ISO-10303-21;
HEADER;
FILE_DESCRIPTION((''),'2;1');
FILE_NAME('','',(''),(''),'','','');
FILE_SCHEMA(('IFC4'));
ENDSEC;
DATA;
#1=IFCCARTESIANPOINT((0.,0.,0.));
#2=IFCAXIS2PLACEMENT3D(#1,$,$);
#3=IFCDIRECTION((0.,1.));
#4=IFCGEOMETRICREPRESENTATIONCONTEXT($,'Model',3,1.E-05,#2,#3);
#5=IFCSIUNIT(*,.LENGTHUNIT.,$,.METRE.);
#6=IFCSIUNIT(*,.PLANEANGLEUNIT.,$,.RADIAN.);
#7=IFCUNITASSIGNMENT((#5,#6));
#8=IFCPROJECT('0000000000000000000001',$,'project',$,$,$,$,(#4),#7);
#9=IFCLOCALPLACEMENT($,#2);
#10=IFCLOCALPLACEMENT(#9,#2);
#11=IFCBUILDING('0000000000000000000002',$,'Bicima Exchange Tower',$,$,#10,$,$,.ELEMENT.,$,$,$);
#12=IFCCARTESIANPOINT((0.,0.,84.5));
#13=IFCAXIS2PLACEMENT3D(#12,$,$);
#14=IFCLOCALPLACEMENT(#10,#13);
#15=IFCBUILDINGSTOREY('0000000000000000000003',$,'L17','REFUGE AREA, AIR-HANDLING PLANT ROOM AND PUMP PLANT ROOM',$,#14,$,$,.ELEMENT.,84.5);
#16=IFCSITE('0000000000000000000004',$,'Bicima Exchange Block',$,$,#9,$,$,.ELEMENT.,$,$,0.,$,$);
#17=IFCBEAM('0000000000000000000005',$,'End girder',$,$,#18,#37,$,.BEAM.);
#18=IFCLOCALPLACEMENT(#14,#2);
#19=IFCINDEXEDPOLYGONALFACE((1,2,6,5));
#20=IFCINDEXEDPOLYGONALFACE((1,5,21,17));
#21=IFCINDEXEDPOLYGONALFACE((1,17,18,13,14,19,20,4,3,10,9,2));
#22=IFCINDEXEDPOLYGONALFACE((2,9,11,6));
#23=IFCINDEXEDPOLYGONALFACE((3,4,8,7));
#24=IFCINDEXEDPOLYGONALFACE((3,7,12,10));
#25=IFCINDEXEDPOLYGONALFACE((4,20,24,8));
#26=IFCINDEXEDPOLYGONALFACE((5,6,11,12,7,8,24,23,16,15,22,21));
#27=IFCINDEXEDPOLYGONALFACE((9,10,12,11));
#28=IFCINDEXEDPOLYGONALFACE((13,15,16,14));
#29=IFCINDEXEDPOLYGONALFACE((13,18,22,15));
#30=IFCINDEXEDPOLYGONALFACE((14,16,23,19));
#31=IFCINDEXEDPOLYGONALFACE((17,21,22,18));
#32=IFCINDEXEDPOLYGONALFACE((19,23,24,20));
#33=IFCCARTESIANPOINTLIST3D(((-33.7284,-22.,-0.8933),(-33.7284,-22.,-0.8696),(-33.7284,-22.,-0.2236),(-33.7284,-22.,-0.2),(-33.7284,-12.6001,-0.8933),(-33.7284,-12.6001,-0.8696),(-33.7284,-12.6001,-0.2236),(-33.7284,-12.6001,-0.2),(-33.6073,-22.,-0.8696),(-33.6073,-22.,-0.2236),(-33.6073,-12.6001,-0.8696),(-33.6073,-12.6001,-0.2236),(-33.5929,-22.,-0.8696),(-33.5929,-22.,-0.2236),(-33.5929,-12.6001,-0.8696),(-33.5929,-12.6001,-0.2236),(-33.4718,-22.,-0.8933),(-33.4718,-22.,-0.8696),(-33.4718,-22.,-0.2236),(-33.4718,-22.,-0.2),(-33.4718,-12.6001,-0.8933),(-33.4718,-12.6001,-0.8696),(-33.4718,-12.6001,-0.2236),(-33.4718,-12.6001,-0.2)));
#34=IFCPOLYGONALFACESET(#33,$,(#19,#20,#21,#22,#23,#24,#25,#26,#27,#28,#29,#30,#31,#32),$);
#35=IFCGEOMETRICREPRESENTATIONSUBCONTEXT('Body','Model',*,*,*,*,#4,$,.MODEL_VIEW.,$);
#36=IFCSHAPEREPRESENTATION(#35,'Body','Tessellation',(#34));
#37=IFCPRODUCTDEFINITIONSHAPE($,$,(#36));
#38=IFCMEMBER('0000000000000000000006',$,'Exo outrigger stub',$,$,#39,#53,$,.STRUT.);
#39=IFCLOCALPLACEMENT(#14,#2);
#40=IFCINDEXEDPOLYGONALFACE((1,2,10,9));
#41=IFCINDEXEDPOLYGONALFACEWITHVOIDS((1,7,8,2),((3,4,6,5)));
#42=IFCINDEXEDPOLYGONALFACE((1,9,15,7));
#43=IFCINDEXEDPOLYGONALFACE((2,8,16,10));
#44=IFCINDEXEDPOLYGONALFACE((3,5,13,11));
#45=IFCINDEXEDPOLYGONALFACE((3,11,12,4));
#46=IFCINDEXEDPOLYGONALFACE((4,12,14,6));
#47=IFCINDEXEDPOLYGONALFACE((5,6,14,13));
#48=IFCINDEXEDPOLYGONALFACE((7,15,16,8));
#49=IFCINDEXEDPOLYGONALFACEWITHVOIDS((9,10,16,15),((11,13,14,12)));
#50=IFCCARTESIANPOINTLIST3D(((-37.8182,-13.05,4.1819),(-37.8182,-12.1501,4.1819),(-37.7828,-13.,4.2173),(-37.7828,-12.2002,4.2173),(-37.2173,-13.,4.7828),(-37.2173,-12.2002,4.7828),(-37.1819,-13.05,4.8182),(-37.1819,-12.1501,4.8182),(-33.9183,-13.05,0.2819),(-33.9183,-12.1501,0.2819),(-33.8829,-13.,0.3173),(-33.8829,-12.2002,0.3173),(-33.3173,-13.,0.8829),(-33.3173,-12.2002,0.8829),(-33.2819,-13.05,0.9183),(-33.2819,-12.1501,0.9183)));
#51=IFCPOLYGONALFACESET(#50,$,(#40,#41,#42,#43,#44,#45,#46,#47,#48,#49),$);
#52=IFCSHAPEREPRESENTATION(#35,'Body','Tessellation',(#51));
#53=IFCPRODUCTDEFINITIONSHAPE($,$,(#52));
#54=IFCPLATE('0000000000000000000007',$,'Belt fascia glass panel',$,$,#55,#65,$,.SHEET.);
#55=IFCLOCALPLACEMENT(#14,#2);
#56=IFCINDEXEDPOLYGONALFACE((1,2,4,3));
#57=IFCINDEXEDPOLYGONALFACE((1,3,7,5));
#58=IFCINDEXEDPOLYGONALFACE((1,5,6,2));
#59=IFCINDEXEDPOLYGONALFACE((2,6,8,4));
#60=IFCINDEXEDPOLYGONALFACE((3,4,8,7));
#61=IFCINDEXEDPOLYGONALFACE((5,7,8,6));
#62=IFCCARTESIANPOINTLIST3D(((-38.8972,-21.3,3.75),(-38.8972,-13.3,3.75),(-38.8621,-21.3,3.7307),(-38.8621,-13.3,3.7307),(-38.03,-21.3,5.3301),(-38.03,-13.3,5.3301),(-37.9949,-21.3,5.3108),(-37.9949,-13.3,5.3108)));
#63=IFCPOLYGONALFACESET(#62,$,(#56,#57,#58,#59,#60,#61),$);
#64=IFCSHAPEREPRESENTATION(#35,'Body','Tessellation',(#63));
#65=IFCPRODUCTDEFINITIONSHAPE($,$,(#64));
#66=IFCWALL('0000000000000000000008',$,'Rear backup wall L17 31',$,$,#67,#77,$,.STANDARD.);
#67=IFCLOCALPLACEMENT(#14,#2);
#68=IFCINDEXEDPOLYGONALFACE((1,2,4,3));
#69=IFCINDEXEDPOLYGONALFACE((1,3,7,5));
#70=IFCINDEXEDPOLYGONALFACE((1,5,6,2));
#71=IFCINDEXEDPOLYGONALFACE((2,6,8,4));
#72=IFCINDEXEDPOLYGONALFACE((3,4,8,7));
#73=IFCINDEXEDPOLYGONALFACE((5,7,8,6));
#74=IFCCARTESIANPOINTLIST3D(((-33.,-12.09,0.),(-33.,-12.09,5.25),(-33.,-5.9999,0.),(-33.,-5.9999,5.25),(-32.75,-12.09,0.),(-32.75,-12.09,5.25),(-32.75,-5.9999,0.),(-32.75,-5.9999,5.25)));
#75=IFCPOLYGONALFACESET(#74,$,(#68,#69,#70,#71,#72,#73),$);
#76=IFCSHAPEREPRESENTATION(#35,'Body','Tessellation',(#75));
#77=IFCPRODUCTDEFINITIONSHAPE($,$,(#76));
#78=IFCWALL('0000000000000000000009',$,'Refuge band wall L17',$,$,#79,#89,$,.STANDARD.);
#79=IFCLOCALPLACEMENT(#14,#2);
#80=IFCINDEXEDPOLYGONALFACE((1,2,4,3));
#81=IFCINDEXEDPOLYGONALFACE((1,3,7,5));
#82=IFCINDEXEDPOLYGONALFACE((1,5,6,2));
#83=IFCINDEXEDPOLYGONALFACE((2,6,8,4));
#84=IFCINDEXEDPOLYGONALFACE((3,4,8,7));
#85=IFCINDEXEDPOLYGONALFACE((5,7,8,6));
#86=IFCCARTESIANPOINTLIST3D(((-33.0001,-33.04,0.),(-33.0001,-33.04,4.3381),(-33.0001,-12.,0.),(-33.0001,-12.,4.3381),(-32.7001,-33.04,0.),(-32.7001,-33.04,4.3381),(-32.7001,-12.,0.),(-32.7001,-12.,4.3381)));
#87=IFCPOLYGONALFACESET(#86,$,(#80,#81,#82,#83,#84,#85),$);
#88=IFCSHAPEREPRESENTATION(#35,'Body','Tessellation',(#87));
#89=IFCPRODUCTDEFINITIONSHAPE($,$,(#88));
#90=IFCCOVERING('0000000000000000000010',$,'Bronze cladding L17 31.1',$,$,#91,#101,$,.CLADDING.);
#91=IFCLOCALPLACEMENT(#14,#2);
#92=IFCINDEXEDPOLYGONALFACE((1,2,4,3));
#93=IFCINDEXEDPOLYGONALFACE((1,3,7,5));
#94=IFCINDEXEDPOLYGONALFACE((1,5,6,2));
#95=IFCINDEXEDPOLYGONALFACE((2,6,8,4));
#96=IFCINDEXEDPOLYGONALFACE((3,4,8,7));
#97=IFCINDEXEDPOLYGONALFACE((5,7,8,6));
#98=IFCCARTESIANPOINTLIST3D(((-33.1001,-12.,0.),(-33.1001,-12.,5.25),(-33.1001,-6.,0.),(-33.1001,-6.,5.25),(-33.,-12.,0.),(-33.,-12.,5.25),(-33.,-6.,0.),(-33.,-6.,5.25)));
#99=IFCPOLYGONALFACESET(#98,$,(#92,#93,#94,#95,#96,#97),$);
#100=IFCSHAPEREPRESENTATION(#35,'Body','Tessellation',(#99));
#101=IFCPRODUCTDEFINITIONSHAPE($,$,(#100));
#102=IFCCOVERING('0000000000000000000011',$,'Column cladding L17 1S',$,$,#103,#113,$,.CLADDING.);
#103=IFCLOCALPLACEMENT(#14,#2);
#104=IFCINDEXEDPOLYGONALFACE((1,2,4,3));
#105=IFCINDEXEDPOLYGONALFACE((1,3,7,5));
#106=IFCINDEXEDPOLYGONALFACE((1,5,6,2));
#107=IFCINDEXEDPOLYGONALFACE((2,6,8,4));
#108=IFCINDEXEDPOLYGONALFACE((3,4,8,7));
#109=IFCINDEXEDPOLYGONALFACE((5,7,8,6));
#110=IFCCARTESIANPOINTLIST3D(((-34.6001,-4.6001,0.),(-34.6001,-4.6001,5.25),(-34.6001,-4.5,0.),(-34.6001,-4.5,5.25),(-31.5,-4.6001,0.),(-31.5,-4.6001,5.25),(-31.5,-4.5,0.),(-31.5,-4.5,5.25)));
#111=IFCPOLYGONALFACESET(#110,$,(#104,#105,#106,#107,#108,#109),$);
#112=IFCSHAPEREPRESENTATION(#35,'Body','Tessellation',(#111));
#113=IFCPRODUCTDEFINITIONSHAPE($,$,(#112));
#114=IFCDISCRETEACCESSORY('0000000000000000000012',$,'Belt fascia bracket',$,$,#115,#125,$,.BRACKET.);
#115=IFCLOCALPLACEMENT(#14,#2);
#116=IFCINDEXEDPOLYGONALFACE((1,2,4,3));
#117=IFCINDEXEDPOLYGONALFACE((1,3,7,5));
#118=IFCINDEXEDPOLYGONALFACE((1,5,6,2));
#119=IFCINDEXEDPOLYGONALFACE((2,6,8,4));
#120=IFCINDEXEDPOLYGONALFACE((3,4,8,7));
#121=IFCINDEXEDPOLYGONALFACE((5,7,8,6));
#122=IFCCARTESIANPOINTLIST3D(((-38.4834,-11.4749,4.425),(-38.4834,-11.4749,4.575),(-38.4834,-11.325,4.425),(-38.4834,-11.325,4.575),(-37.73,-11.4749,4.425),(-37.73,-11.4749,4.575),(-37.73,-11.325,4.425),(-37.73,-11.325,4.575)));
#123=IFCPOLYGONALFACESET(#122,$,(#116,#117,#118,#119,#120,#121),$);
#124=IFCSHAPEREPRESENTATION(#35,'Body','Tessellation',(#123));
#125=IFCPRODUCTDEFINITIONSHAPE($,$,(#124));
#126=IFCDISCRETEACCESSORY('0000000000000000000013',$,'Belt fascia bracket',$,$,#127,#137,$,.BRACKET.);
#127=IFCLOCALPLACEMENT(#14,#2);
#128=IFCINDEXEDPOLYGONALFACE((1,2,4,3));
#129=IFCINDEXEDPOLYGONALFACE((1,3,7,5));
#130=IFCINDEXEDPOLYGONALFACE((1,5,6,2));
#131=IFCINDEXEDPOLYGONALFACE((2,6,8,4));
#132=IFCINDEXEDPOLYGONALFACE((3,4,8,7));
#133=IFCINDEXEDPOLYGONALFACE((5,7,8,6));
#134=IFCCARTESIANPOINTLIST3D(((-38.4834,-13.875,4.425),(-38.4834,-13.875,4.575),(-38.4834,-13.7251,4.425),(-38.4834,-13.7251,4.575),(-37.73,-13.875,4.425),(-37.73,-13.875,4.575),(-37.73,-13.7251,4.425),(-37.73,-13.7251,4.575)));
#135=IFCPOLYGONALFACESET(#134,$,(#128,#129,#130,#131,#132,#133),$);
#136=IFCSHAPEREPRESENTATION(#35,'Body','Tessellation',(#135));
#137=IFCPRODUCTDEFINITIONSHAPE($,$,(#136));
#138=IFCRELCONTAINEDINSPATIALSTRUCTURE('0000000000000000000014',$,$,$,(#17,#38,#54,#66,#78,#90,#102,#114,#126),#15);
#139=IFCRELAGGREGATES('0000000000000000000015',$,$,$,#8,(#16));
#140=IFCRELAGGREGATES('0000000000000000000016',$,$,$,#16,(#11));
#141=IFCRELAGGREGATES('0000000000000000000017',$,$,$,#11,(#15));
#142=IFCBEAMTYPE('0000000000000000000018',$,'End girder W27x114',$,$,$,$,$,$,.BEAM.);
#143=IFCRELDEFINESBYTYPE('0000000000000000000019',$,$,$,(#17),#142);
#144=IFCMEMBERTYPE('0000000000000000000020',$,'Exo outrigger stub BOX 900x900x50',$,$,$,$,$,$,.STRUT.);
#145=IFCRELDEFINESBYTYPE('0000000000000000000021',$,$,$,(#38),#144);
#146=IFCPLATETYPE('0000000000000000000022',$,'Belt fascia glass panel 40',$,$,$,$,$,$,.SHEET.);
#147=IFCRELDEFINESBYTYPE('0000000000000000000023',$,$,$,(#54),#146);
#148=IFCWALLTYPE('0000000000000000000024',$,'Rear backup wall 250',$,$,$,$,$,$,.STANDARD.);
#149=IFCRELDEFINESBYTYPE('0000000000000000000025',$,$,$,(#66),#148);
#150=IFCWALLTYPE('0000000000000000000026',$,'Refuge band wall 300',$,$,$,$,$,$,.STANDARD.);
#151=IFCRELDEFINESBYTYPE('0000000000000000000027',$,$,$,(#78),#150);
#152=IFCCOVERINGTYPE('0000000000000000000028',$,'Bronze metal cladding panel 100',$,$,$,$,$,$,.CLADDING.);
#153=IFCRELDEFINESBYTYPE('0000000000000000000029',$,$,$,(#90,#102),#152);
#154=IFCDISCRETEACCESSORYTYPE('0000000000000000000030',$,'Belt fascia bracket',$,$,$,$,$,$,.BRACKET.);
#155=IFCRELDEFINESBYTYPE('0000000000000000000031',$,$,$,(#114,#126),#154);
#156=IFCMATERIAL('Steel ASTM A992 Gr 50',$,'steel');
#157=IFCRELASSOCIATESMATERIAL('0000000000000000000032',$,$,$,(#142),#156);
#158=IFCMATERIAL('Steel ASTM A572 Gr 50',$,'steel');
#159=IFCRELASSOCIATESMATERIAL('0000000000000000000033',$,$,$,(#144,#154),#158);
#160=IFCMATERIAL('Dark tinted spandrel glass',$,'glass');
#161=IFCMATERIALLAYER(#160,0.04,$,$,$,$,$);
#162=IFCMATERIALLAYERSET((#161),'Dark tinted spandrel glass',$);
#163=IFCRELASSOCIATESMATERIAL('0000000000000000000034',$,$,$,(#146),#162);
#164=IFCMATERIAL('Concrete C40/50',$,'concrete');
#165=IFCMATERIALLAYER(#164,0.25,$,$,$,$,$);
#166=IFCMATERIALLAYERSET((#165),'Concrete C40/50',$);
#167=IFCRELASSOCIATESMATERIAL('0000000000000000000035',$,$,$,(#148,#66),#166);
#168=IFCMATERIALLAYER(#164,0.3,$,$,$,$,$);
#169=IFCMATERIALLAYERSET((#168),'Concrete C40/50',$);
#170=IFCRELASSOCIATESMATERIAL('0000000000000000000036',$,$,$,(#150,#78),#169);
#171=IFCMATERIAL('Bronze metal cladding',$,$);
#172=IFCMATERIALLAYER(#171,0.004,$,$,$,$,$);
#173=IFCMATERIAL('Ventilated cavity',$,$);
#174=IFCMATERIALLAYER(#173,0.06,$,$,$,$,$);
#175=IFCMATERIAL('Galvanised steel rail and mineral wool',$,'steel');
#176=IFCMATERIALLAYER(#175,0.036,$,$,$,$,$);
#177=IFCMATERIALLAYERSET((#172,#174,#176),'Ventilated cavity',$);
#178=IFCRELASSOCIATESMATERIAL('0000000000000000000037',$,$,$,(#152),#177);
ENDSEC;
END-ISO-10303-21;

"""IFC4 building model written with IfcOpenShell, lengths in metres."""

from ifc_helpers import new_model, si_unit, direction, frame, frame_2d, origin, origin_2d, place, context, subcontext, project, spatial, polyline, rectangle, hollow_rectangle, i_section, outline, extrude, material, layer, layer_set, layer_usage, material_profile, profile_set, type_object, element, save


model = new_model("IFC4")

# Units and contexts
model_context = context("Model", 3, precision=1e-05, world=origin(), true_north=direction((0.0, 1.0)))
body_context = subcontext(model_context, "Body", "Model", "MODEL_VIEW")
ifc_project = project(units=[si_unit("LENGTHUNIT", "METRE"), si_unit("PLANEANGLEUNIT", "RADIAN")], contexts=[model_context])

# Site, building, storey
site_placement = place(None, origin())
site = spatial("IfcSite", under=ifc_project, at=site_placement, Name="Bicima Exchange Block", CompositionType="ELEMENT", RefElevation=0.0)
building_placement = place(site_placement, origin())
building = spatial("IfcBuilding", under=site, at=building_placement, Name="Bicima Exchange Tower", CompositionType="ELEMENT")
storey_placement = place(building_placement, frame((0.0, 0.0, 84.5)))
storey = spatial("IfcBuildingStorey", under=building, at=storey_placement, Name="L17", Description="REFUGE AREA, AIR-HANDLING PLANT ROOM AND PUMP PLANT ROOM", CompositionType="ELEMENT", Elevation=84.5)

# Shared definitions
ifc_material_1 = material(Name="Steel ASTM A992 Gr 50", Category="steel")

# Shared definitions
ifc_material_2 = material(Name="Steel ASTM A572 Gr 50", Category="steel")

# Beam
ifc_material_profile_1 = material_profile(ifc_material_1, i_section(OverallWidth=0.2566, OverallDepth=0.6934, WebThickness=0.0144, FlangeThickness=0.0237, at=origin_2d()))
ifc_profile_set_1 = profile_set([ifc_material_profile_1], Name="Steel ASTM A992 Gr 50")
beam_type_1 = type_object("IfcBeamType", Name="End girder W27x114", PredefinedType="BEAM", material=ifc_profile_set_1)
beam_1_placement = place(storey_placement, frame((-33.6001, -12.6001, -0.5466), z_axis=(0.0, -1.0, 0.0), x_axis=(1.0, 0.0, 0.0)))
element("IfcBeam", 1, at=beam_1_placement, inside=storey, type_object=beam_type_1, Name="End girder", PredefinedType="BEAM", context=body_context, shape_type="SweptSolid", body=[
    extrude(i_section(OverallWidth=0.2566, OverallDepth=0.6934, WebThickness=0.0144, FlangeThickness=0.0237, at=origin_2d()), origin(), (0.0, 0.0, 1.0), 9.3999),
])

# Member
ifc_material_profile_2 = material_profile(ifc_material_2, hollow_rectangle(XDim=0.8999, YDim=0.8999, WallThickness=0.05, at=origin_2d()))
ifc_profile_set_2 = profile_set([ifc_material_profile_2], Name="Steel ASTM A572 Gr 50")
member_type_1 = type_object("IfcMemberType", Name="Exo outrigger stub BOX 900x900x50", PredefinedType="STRUT", material=ifc_profile_set_2)
member_1_placement = place(storey_placement, frame((-33.6001, -12.6001, 0.6001), z_axis=(-0.707107, 0.0, 0.707107), x_axis=(0.0, -1.0, 0.0)))
element("IfcMember", 2, at=member_1_placement, inside=storey, type_object=member_type_1, Name="Exo outrigger stub", PredefinedType="STRUT", context=body_context, shape_type="SweptSolid", body=[
    extrude(hollow_rectangle(XDim=0.8999, YDim=0.8999, WallThickness=0.05, at=origin_2d()), origin(), (0.0, 0.0, 1.0), 5.5154),
])

# Plate
ifc_material_3 = material(Name="Dark tinted spandrel glass", Category="glass")
ifc_layer_1 = layer(ifc_material_3, 0.04)
ifc_layer_set_1 = layer_set([ifc_layer_1], Name="Dark tinted spandrel glass")
plate_type = type_object("IfcPlateType", Name="Belt fascia glass panel 40", PredefinedType="SHEET", material=ifc_layer_set_1)
plate_placement = place(storey_placement, frame((-38.8972, -13.3, 3.75), z_axis=(-0.87665, 0.0, 0.481128), x_axis=(0.0, -1.0, 0.0)))
element("IfcPlate", 3, at=plate_placement, inside=storey, type_object=plate_type, Name="Belt fascia glass panel", PredefinedType="SHEET", context=body_context, shape_type="SweptSolid", body=[
    extrude(outline(polyline([(0.0, 0.0), (8.0, 0.0), (8.0, 1.8024), (0.0, 1.8024), (0.0, 0.0)])), origin(), (0.0, 0.0, -1.0), 0.04),
])

# Walls
ifc_material_4 = material(Name="Concrete C40/50", Category="concrete")
ifc_layer_2 = layer(ifc_material_4, 0.25)
ifc_layer_set_2 = layer_set([ifc_layer_2], Name="Concrete C40/50")
ifc_layer_usage_1 = layer_usage(ifc_layer_set_2, "AXIS2", "POSITIVE", -0.125)
wall_type_1 = type_object("IfcWallType", Name="Rear backup wall 250", PredefinedType="STANDARD", material=ifc_layer_set_2)
wall_1_placement = place(storey_placement, frame((-32.875, -6.0, 0.0), z_axis=(0.0, 0.0, 1.0), x_axis=(0.0, -1.0, 0.0)))
element("IfcWall", 4, at=wall_1_placement, inside=storey, type_object=wall_type_1, material=ifc_layer_usage_1, Name="Rear backup wall L17 31", PredefinedType="STANDARD", context=body_context, shape_type="SweptSolid", body=[
    extrude(rectangle(XDim=6.0901, YDim=0.25, at=frame_2d((3.0449, 0.0))), origin(), (0.0, 0.0, 1.0), 5.25),
])
ifc_layer_3 = layer(ifc_material_4, 0.3)
ifc_layer_set_3 = layer_set([ifc_layer_3], Name="Concrete C40/50")
ifc_layer_usage_2 = layer_usage(ifc_layer_set_3, "AXIS2", "POSITIVE", -0.15)
wall_type_2 = type_object("IfcWallType", Name="Refuge band wall 300", PredefinedType="STANDARD", material=ifc_layer_set_3)
wall_2_placement = place(storey_placement, frame((-32.8501, -12.0, 0.0), z_axis=(0.0, 0.0, 1.0), x_axis=(0.0, -1.0, 0.0)))
element("IfcWall", 5, at=wall_2_placement, inside=storey, type_object=wall_type_2, material=ifc_layer_usage_2, Name="Refuge band wall L17", PredefinedType="STANDARD", context=body_context, shape_type="SweptSolid", body=[
    extrude(rectangle(XDim=21.04, YDim=0.3, at=frame_2d((10.52, 0.0))), origin(), (0.0, 0.0, 1.0), 4.3381),
])

# Coverings
ifc_material_5 = material(Name="Bronze metal cladding")
ifc_layer_4 = layer(ifc_material_5, 0.004)
ifc_material_6 = material(Name="Ventilated cavity")
ifc_layer_5 = layer(ifc_material_6, 0.06)
ifc_material_7 = material(Name="Galvanised steel rail and mineral wool", Category="steel")
ifc_layer_6 = layer(ifc_material_7, 0.036)
ifc_layer_set_4 = layer_set([ifc_layer_4, ifc_layer_5, ifc_layer_6], Name="Ventilated cavity")
covering_type = type_object("IfcCoveringType", Name="Bronze metal cladding panel 100", PredefinedType="CLADDING", material=ifc_layer_set_4)
covering_1_placement = place(storey_placement, frame((-33.05, -9.0, 0.0), z_axis=(0.0, 0.0, 1.0), x_axis=(0.0, -1.0, 0.0)))
element("IfcCovering", 6, at=covering_1_placement, inside=storey, type_object=covering_type, Name="Bronze cladding L17 31.1", PredefinedType="CLADDING", context=body_context, shape_type="SweptSolid", body=[
    extrude(rectangle(XDim=6.0, YDim=0.1001, at=origin_2d()), origin(), (0.0, 0.0, 1.0), 5.25),
])
covering_2_placement = place(storey_placement, frame((-33.05, -4.55, 0.0), z_axis=(0.0, 0.0, 1.0), x_axis=(1.0, 0.0, 0.0)))
element("IfcCovering", 7, at=covering_2_placement, inside=storey, type_object=covering_type, Name="Column cladding L17 1S", PredefinedType="CLADDING", context=body_context, shape_type="SweptSolid", body=[
    extrude(rectangle(XDim=3.1001, YDim=0.1001, at=origin_2d()), origin(), (0.0, 0.0, 1.0), 5.25),
])

# Discrete accessories
discrete_accessory_type = type_object("IfcDiscreteAccessoryType", Name="Belt fascia bracket", PredefinedType="BRACKET", material=ifc_material_2)
for number, where, z_axis, x_axis, name in (
    (8, (-38.1067, -11.3999, 4.425), (0.0, 0.0, 1.0), (0.0, -1.0, 0.0), "Belt fascia bracket"),
    (9, (-38.1067, -13.8, 4.425), (0.0, 0.0, 1.0), (0.0, -1.0, 0.0), "Belt fascia bracket"),
):
    element("IfcDiscreteAccessory", number, at=place(storey_placement, frame(where, z_axis=z_axis, x_axis=x_axis)), inside=storey, type_object=discrete_accessory_type, Name=name, PredefinedType="BRACKET", context=body_context, shape_type="SweptSolid", body=[
        extrude(rectangle(XDim=0.1499, YDim=0.7534, at=origin_2d()), origin(), (0.0, 0.0, 1.0), 0.1499),
    ])

save(model, "model.ifc")
